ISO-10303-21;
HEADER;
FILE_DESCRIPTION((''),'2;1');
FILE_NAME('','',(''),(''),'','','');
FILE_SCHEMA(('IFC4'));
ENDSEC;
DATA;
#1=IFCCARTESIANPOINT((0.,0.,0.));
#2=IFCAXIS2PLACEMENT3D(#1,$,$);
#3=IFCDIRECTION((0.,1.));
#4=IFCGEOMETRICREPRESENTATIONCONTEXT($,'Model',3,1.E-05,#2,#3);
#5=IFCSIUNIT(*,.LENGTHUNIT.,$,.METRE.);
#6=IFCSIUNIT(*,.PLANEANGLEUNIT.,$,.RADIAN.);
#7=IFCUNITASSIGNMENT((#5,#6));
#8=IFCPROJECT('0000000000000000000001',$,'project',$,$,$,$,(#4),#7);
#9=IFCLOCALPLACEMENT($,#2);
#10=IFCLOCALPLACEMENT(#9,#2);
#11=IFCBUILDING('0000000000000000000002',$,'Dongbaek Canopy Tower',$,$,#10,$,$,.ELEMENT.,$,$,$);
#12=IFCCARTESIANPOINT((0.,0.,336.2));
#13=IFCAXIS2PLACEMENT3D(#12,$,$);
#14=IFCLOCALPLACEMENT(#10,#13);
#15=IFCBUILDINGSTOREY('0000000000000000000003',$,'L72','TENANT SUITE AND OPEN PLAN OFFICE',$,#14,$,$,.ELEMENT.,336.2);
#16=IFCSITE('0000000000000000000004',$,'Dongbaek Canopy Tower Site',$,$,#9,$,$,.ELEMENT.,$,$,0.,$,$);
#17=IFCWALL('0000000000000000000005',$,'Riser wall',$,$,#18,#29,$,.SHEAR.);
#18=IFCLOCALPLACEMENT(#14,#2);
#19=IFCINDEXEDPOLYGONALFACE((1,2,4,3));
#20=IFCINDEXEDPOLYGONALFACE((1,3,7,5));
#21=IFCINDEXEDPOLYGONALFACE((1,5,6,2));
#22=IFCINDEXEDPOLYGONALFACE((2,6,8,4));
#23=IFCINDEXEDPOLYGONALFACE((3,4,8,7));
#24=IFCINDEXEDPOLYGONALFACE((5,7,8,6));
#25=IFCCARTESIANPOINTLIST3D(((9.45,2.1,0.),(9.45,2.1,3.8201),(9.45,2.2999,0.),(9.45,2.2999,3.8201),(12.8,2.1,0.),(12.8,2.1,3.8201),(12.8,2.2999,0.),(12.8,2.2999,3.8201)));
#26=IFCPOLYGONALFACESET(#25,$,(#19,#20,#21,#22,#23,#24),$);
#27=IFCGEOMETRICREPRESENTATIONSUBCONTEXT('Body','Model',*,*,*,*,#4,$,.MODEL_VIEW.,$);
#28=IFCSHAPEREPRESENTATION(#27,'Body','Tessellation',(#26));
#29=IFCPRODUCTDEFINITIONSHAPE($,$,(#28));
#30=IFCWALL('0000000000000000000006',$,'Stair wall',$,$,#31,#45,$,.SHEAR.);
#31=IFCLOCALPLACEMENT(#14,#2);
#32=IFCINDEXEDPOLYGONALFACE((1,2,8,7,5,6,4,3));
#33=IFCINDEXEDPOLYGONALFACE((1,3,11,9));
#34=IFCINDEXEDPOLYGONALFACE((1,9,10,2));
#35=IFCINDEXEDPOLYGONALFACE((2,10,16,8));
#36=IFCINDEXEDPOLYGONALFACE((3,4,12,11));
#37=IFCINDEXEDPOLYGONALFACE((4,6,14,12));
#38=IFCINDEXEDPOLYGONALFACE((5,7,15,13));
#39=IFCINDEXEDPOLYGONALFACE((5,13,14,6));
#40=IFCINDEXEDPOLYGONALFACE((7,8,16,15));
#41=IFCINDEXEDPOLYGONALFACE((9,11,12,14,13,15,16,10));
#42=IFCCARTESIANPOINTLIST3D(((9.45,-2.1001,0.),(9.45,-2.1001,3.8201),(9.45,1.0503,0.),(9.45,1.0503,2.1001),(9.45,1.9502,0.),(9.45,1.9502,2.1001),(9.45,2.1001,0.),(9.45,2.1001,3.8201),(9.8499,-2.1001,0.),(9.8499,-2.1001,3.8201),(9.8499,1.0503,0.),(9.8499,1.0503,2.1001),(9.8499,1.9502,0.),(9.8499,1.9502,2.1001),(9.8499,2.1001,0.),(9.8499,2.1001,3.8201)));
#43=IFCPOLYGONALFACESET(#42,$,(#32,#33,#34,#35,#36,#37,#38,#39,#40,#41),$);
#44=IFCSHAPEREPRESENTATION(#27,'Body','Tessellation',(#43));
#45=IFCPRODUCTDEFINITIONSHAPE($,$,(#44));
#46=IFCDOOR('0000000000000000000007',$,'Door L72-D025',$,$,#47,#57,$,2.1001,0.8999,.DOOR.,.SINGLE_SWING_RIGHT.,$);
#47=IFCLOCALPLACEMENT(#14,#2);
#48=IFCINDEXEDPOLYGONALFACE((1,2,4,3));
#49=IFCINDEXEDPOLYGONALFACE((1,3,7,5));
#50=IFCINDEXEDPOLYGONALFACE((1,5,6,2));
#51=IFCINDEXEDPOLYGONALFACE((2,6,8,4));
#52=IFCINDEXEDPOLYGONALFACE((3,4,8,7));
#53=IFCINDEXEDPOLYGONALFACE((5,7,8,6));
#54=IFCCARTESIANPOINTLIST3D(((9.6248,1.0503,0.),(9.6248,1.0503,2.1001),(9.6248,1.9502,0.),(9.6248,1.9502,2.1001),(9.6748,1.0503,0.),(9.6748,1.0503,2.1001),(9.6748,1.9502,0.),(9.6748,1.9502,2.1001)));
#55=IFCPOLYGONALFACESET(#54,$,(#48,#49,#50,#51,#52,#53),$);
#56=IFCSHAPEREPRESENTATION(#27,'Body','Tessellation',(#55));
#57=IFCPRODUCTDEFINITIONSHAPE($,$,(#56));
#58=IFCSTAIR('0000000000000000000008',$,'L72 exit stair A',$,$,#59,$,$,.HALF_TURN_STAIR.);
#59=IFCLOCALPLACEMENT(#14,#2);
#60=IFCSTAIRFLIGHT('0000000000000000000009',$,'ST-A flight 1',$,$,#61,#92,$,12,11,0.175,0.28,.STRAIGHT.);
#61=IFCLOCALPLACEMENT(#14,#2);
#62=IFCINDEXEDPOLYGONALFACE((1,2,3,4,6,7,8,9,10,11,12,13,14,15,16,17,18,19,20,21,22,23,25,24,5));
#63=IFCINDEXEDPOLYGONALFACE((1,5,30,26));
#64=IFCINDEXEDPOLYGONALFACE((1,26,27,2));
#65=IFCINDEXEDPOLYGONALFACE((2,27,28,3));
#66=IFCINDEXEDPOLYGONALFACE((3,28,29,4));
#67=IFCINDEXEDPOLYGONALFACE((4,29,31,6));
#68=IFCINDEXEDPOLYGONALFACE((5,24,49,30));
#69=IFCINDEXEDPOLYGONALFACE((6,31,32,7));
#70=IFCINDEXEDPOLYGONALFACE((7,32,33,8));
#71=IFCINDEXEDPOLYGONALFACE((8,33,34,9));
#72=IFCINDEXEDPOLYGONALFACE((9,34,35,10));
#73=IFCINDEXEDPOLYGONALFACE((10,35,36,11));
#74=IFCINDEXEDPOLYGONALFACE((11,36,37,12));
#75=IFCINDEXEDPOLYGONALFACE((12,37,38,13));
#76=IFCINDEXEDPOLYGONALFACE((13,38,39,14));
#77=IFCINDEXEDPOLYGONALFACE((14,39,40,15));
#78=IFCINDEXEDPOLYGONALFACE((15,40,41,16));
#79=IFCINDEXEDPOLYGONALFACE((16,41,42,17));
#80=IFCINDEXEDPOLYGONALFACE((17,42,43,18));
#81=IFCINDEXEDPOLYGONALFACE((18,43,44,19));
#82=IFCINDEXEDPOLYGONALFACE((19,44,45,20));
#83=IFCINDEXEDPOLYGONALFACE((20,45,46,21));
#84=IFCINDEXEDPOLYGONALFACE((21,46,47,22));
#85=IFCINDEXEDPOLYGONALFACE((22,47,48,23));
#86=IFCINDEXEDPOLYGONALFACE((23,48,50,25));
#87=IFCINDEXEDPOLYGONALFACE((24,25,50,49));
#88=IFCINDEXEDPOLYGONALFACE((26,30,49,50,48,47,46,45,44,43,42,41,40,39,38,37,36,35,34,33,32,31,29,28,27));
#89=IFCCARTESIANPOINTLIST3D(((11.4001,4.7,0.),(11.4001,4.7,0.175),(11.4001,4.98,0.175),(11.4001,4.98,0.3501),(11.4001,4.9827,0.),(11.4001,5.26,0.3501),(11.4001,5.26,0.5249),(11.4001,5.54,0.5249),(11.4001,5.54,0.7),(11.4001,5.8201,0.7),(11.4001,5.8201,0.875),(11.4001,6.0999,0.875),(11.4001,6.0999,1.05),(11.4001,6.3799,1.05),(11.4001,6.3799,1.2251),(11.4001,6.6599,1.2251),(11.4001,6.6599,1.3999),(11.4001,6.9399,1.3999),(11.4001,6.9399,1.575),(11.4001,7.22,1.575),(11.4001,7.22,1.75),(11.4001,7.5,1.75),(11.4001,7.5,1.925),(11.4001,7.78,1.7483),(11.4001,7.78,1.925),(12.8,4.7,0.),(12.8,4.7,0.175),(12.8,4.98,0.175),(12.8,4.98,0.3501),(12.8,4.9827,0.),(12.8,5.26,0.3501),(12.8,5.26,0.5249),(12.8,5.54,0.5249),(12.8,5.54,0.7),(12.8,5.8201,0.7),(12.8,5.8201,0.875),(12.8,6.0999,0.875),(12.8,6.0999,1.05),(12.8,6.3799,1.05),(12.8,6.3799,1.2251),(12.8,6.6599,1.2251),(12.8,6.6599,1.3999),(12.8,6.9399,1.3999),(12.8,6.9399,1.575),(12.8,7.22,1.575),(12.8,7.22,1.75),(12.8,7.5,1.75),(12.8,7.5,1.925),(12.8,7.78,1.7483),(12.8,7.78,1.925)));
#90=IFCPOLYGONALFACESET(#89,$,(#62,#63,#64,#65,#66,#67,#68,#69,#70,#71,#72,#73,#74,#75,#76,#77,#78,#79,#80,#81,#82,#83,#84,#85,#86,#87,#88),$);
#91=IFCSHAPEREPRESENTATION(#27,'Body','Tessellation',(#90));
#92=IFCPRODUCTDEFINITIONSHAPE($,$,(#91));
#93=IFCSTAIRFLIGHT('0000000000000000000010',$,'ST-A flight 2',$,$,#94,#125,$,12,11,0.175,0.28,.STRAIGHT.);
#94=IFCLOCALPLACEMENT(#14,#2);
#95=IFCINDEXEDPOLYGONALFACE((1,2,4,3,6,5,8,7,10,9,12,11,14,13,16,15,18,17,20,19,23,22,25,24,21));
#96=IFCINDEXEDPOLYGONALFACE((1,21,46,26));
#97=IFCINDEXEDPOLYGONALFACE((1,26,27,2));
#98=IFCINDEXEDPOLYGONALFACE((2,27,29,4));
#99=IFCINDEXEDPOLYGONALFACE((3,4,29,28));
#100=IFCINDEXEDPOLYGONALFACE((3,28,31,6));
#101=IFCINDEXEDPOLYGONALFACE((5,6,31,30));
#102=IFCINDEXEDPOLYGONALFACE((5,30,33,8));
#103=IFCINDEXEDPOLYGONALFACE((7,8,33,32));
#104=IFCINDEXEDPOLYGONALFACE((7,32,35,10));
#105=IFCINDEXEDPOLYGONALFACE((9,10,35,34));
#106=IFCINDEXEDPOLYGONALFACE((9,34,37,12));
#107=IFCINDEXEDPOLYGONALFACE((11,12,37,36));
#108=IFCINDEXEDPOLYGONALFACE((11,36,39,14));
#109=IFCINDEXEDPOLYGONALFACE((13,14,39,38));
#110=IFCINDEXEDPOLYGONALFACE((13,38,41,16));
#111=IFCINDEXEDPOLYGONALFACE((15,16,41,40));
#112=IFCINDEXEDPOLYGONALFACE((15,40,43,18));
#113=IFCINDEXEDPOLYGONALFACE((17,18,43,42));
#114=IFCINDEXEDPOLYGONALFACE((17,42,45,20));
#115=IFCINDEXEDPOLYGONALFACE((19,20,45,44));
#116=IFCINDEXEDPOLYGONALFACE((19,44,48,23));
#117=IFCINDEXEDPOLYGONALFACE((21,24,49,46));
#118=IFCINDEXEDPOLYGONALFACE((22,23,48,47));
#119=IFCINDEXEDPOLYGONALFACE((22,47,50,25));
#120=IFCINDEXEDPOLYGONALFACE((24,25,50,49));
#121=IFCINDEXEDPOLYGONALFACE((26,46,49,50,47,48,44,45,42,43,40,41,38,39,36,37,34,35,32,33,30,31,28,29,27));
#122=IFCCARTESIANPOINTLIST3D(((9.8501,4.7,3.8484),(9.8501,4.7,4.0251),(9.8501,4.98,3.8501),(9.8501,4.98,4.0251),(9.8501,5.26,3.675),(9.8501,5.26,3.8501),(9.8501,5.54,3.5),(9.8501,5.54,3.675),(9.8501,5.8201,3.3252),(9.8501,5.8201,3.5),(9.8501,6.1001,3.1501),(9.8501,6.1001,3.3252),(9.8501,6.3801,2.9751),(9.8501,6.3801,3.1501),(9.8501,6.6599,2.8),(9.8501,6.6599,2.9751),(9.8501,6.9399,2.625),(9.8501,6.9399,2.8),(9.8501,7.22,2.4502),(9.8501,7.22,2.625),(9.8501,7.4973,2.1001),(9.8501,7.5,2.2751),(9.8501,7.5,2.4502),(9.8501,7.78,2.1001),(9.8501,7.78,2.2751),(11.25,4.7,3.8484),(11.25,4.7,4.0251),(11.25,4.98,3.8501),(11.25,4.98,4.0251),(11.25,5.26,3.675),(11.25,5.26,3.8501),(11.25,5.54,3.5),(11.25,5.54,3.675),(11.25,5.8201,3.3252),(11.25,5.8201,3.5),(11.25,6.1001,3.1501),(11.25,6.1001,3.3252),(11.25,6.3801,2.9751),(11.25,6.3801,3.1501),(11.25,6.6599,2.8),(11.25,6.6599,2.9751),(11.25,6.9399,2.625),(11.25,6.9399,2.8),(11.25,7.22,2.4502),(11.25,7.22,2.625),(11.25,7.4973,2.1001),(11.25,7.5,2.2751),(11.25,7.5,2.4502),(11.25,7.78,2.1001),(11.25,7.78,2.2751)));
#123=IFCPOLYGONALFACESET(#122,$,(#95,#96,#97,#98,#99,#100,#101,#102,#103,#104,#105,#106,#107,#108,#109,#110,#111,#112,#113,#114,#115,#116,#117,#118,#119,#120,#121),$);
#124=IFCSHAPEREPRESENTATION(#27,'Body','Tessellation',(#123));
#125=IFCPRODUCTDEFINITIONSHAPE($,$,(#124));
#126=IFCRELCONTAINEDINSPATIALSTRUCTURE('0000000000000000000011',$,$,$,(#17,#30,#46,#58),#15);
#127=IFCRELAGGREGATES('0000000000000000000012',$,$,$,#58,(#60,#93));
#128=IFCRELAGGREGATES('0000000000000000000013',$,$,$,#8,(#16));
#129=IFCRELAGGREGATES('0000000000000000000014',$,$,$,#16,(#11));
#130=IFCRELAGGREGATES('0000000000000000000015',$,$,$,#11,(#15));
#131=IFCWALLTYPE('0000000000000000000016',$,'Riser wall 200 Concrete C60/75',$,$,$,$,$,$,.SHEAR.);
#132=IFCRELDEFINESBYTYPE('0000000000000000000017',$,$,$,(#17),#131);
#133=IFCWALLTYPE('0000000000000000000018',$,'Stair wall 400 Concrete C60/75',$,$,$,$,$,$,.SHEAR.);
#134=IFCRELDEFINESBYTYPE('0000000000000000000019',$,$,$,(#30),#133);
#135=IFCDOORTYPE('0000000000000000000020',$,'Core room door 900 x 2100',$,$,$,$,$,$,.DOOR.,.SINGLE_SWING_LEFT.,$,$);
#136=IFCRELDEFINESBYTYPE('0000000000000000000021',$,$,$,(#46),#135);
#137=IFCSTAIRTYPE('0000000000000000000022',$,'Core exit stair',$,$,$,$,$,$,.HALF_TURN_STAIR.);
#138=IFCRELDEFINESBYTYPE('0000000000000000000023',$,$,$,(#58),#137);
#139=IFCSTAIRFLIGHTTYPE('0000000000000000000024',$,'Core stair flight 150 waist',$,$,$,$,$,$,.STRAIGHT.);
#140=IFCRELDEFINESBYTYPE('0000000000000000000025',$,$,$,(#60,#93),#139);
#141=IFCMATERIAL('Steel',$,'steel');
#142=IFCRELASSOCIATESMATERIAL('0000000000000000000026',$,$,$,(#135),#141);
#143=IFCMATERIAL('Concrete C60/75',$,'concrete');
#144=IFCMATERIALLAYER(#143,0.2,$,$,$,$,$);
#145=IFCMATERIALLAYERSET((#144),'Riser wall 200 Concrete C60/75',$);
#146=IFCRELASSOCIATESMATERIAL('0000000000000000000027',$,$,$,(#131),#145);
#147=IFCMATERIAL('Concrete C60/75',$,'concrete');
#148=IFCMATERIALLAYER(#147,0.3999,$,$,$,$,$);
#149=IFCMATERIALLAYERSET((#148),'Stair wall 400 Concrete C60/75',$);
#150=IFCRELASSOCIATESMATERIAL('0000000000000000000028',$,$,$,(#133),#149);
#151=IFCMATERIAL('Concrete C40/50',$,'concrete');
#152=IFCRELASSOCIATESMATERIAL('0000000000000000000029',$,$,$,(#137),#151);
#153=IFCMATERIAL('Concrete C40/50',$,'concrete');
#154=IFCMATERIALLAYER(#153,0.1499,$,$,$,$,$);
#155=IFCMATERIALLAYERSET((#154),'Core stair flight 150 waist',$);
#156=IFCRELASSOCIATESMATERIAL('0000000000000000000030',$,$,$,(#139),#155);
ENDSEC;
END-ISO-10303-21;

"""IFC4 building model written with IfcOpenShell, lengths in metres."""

from ifc_helpers import new_model, si_unit, direction, frame, frame_2d, origin, place, context, subcontext, project, spatial, polyline, rectangle, outline, extrude, material, layer, layer_set, type_object, element, fill, aggregate, save


model = new_model("IFC4")

# Units and contexts
model_context = context("Model", 3, precision=1e-05, world=origin(), true_north=direction((0.0, 1.0)))
body_context = subcontext(model_context, "Body", "Model", "MODEL_VIEW")
ifc_project = project(units=[si_unit("LENGTHUNIT", "METRE"), si_unit("PLANEANGLEUNIT", "RADIAN")], contexts=[model_context])

# Site, building, storey
site_placement = place(None, origin())
site = spatial("IfcSite", under=ifc_project, at=site_placement, Name="Dongbaek Canopy Tower Site", CompositionType="ELEMENT", RefElevation=0.0)
building_placement = place(site_placement, origin())
building = spatial("IfcBuilding", under=site, at=building_placement, Name="Dongbaek Canopy Tower", CompositionType="ELEMENT")
storey_placement = place(building_placement, frame((0.0, 0.0, 336.2)))
storey = spatial("IfcBuildingStorey", under=building, at=storey_placement, Name="L72", Description="TENANT SUITE AND OPEN PLAN OFFICE", CompositionType="ELEMENT", Elevation=336.2)

# Shared definitions
ifc_material_1 = material(Name="Steel", Category="steel")
door_type_1 = type_object("IfcDoorType", Name="Core room door 900 x 2100", OperationType="SINGLE_SWING_LEFT", PredefinedType="DOOR", material=ifc_material_1)

# Wall
ifc_material_2 = material(Name="Concrete C60/75", Category="concrete")
ifc_layer_1 = layer(ifc_material_2, 0.2)
ifc_layer_set_1 = layer_set([ifc_layer_1], Name="Riser wall 200 Concrete C60/75")
wall_type_1 = type_object("IfcWallType", Name="Riser wall 200 Concrete C60/75", PredefinedType="SHEAR", material=ifc_layer_set_1)
wall_1_placement = place(storey_placement, frame((9.45, 2.2, 0.0), z_axis=(0.0, 0.0, 1.0), x_axis=(1.0, 0.0, 0.0)))
element("IfcWall", 1, at=wall_1_placement, inside=storey, type_object=wall_type_1, Name="Riser wall", PredefinedType="SHEAR", context=body_context, shape_type="SweptSolid", body=[
    extrude(rectangle(XDim=3.3501, YDim=0.2, at=frame_2d((1.675, 0.0))), origin(), (0.0, 0.0, 1.0), 3.8201),
])

# Wall, opening, door
ifc_material_3 = material(Name="Concrete C60/75", Category="concrete")
ifc_layer_2 = layer(ifc_material_3, 0.3999)
ifc_layer_set_2 = layer_set([ifc_layer_2], Name="Stair wall 400 Concrete C60/75")
wall_type_2 = type_object("IfcWallType", Name="Stair wall 400 Concrete C60/75", PredefinedType="SHEAR", material=ifc_layer_set_2)
wall_2_placement = place(storey_placement, frame((9.6499, 2.1001, 0.0), z_axis=(0.0, 0.0, 1.0), x_axis=(0.0, -1.0, 0.0)))
wall_2 = element("IfcWall", 2, at=wall_2_placement, inside=storey, type_object=wall_type_2, Name="Stair wall", PredefinedType="SHEAR", context=body_context, shape_type="SweptSolid", body=[
    extrude(rectangle(XDim=4.2002, YDim=0.3999, at=frame_2d((2.1001, 0.0))), origin(), (0.0, 0.0, 1.0), 3.8201),
])
opening_1_placement = place(wall_2_placement, frame((0.1499, 0.0, 0.0)))
opening_1 = element("IfcOpeningElement", 3, at=opening_1_placement, cuts=wall_2, PredefinedType="OPENING", context=body_context, shape_type="SweptSolid", body=[
    extrude(rectangle(XDim=0.8999, YDim=2.1001, at=frame_2d((0.45, 1.05))), frame((0.0, 0.21, 0.0), z_axis=(0.0, -1.0, 0.0), x_axis=(1.0, 0.0, 0.0)), (0.0, 0.0, 1.0), 0.4199),
])
door_1_placement = place(opening_1_placement, origin())
door_1 = element("IfcDoor", 4, at=door_1_placement, inside=storey, type_object=door_type_1, Name="Door L72-D025", OperationType="SINGLE_SWING_RIGHT", OverallHeight=2.1001, OverallWidth=0.8999, PredefinedType="DOOR", context=body_context, shape_type="SweptSolid", body=[
    extrude(rectangle(XDim=0.8999, YDim=2.1001, at=frame_2d((0.45, 1.05))), frame((0.0, 0.0249, 0.0), z_axis=(0.0, -1.0, 0.0), x_axis=(1.0, 0.0, 0.0)), (0.0, 0.0, 1.0), 0.05),
])
fill(opening_1, door_1)

# Stair, stair flights
ifc_material_4 = material(Name="Concrete C40/50", Category="concrete")
stair_type = type_object("IfcStairType", Name="Core exit stair", PredefinedType="HALF_TURN_STAIR", material=ifc_material_4)
stair_placement = place(storey_placement, origin())
stair = element("IfcStair", 5, at=stair_placement, inside=storey, type_object=stair_type, Name="L72 exit stair A", PredefinedType="HALF_TURN_STAIR")
ifc_material_5 = material(Name="Concrete C40/50", Category="concrete")
ifc_layer_3 = layer(ifc_material_5, 0.1499)
ifc_layer_set_3 = layer_set([ifc_layer_3], Name="Core stair flight 150 waist")
stair_flight_type = type_object("IfcStairFlightType", Name="Core stair flight 150 waist", PredefinedType="STRAIGHT", material=ifc_layer_set_3)
stair_flight_1_placement = place(storey_placement, frame((12.1001, 4.7, 0.0), z_axis=(0.0, 0.0, 1.0), x_axis=(0.0, 1.0, 0.0)))
stair_flight_1 = element("IfcStairFlight", 6, at=stair_flight_1_placement, type_object=stair_flight_type, Name="ST-A flight 1", NumberOfRisers=12, NumberOfTreads=11, PredefinedType="STRAIGHT", RiserHeight=0.175, TreadLength=0.28, context=body_context, shape_type="SweptSolid", body=[
    extrude(outline(polyline([(0.0, 0.0), (0.0, 0.175), (0.28, 0.175), (0.28, 0.3501), (0.5601, 0.3501), (0.5601, 0.5249), (0.8401, 0.5249), (0.8401, 0.7), (1.1201, 0.7), (1.1201, 0.875), (1.3999, 0.875), (1.3999, 1.05), (1.6799, 1.05), (1.6799, 1.2251), (1.96, 1.2251), (1.96, 1.3999), (2.24, 1.3999), (2.24, 1.575), (2.52, 1.575), (2.52, 1.75), (2.8, 1.75), (2.8, 1.925), (3.0801, 1.925), (3.0801, 2.1001), (3.0801, 1.7483), (0.2827, 0.0), (0.0, 0.0)])), frame((0.0, 0.7, 0.0), z_axis=(0.0, -1.0, 0.0), x_axis=(1.0, 0.0, 0.0)), (0.0, 0.0, 1.0), 1.3999),
])
stair_flight_2_placement = place(storey_placement, frame((10.55, 7.78, 2.1001), z_axis=(0.0, 0.0, 1.0), x_axis=(0.0, -1.0, 0.0)))
stair_flight_2 = element("IfcStairFlight", 7, at=stair_flight_2_placement, type_object=stair_flight_type, Name="ST-A flight 2", NumberOfRisers=12, NumberOfTreads=11, PredefinedType="STRAIGHT", RiserHeight=0.175, TreadLength=0.28, context=body_context, shape_type="SweptSolid", body=[
    extrude(outline(polyline([(0.0, 0.0), (0.0, 0.175), (0.28, 0.175), (0.28, 0.3501), (0.5601, 0.3501), (0.5601, 0.5249), (0.8401, 0.5249), (0.8401, 0.7), (1.1201, 0.7), (1.1201, 0.875), (1.3999, 0.875), (1.3999, 1.05), (1.6799, 1.05), (1.6799, 1.2251), (1.96, 1.2251), (1.96, 1.3999), (2.24, 1.3999), (2.24, 1.575), (2.52, 1.575), (2.52, 1.75), (2.8, 1.75), (2.8, 1.925), (3.0801, 1.925), (3.0801, 2.1001), (3.0801, 1.7483), (0.2827, 0.0), (0.0, 0.0)])), frame((0.0, 0.7, 0.0), z_axis=(0.0, -1.0, 0.0), x_axis=(1.0, 0.0, 0.0)), (0.0, 0.0, 1.0), 1.3999),
])
aggregate(stair, [stair_flight_1, stair_flight_2])

save(model, "model.ifc")
